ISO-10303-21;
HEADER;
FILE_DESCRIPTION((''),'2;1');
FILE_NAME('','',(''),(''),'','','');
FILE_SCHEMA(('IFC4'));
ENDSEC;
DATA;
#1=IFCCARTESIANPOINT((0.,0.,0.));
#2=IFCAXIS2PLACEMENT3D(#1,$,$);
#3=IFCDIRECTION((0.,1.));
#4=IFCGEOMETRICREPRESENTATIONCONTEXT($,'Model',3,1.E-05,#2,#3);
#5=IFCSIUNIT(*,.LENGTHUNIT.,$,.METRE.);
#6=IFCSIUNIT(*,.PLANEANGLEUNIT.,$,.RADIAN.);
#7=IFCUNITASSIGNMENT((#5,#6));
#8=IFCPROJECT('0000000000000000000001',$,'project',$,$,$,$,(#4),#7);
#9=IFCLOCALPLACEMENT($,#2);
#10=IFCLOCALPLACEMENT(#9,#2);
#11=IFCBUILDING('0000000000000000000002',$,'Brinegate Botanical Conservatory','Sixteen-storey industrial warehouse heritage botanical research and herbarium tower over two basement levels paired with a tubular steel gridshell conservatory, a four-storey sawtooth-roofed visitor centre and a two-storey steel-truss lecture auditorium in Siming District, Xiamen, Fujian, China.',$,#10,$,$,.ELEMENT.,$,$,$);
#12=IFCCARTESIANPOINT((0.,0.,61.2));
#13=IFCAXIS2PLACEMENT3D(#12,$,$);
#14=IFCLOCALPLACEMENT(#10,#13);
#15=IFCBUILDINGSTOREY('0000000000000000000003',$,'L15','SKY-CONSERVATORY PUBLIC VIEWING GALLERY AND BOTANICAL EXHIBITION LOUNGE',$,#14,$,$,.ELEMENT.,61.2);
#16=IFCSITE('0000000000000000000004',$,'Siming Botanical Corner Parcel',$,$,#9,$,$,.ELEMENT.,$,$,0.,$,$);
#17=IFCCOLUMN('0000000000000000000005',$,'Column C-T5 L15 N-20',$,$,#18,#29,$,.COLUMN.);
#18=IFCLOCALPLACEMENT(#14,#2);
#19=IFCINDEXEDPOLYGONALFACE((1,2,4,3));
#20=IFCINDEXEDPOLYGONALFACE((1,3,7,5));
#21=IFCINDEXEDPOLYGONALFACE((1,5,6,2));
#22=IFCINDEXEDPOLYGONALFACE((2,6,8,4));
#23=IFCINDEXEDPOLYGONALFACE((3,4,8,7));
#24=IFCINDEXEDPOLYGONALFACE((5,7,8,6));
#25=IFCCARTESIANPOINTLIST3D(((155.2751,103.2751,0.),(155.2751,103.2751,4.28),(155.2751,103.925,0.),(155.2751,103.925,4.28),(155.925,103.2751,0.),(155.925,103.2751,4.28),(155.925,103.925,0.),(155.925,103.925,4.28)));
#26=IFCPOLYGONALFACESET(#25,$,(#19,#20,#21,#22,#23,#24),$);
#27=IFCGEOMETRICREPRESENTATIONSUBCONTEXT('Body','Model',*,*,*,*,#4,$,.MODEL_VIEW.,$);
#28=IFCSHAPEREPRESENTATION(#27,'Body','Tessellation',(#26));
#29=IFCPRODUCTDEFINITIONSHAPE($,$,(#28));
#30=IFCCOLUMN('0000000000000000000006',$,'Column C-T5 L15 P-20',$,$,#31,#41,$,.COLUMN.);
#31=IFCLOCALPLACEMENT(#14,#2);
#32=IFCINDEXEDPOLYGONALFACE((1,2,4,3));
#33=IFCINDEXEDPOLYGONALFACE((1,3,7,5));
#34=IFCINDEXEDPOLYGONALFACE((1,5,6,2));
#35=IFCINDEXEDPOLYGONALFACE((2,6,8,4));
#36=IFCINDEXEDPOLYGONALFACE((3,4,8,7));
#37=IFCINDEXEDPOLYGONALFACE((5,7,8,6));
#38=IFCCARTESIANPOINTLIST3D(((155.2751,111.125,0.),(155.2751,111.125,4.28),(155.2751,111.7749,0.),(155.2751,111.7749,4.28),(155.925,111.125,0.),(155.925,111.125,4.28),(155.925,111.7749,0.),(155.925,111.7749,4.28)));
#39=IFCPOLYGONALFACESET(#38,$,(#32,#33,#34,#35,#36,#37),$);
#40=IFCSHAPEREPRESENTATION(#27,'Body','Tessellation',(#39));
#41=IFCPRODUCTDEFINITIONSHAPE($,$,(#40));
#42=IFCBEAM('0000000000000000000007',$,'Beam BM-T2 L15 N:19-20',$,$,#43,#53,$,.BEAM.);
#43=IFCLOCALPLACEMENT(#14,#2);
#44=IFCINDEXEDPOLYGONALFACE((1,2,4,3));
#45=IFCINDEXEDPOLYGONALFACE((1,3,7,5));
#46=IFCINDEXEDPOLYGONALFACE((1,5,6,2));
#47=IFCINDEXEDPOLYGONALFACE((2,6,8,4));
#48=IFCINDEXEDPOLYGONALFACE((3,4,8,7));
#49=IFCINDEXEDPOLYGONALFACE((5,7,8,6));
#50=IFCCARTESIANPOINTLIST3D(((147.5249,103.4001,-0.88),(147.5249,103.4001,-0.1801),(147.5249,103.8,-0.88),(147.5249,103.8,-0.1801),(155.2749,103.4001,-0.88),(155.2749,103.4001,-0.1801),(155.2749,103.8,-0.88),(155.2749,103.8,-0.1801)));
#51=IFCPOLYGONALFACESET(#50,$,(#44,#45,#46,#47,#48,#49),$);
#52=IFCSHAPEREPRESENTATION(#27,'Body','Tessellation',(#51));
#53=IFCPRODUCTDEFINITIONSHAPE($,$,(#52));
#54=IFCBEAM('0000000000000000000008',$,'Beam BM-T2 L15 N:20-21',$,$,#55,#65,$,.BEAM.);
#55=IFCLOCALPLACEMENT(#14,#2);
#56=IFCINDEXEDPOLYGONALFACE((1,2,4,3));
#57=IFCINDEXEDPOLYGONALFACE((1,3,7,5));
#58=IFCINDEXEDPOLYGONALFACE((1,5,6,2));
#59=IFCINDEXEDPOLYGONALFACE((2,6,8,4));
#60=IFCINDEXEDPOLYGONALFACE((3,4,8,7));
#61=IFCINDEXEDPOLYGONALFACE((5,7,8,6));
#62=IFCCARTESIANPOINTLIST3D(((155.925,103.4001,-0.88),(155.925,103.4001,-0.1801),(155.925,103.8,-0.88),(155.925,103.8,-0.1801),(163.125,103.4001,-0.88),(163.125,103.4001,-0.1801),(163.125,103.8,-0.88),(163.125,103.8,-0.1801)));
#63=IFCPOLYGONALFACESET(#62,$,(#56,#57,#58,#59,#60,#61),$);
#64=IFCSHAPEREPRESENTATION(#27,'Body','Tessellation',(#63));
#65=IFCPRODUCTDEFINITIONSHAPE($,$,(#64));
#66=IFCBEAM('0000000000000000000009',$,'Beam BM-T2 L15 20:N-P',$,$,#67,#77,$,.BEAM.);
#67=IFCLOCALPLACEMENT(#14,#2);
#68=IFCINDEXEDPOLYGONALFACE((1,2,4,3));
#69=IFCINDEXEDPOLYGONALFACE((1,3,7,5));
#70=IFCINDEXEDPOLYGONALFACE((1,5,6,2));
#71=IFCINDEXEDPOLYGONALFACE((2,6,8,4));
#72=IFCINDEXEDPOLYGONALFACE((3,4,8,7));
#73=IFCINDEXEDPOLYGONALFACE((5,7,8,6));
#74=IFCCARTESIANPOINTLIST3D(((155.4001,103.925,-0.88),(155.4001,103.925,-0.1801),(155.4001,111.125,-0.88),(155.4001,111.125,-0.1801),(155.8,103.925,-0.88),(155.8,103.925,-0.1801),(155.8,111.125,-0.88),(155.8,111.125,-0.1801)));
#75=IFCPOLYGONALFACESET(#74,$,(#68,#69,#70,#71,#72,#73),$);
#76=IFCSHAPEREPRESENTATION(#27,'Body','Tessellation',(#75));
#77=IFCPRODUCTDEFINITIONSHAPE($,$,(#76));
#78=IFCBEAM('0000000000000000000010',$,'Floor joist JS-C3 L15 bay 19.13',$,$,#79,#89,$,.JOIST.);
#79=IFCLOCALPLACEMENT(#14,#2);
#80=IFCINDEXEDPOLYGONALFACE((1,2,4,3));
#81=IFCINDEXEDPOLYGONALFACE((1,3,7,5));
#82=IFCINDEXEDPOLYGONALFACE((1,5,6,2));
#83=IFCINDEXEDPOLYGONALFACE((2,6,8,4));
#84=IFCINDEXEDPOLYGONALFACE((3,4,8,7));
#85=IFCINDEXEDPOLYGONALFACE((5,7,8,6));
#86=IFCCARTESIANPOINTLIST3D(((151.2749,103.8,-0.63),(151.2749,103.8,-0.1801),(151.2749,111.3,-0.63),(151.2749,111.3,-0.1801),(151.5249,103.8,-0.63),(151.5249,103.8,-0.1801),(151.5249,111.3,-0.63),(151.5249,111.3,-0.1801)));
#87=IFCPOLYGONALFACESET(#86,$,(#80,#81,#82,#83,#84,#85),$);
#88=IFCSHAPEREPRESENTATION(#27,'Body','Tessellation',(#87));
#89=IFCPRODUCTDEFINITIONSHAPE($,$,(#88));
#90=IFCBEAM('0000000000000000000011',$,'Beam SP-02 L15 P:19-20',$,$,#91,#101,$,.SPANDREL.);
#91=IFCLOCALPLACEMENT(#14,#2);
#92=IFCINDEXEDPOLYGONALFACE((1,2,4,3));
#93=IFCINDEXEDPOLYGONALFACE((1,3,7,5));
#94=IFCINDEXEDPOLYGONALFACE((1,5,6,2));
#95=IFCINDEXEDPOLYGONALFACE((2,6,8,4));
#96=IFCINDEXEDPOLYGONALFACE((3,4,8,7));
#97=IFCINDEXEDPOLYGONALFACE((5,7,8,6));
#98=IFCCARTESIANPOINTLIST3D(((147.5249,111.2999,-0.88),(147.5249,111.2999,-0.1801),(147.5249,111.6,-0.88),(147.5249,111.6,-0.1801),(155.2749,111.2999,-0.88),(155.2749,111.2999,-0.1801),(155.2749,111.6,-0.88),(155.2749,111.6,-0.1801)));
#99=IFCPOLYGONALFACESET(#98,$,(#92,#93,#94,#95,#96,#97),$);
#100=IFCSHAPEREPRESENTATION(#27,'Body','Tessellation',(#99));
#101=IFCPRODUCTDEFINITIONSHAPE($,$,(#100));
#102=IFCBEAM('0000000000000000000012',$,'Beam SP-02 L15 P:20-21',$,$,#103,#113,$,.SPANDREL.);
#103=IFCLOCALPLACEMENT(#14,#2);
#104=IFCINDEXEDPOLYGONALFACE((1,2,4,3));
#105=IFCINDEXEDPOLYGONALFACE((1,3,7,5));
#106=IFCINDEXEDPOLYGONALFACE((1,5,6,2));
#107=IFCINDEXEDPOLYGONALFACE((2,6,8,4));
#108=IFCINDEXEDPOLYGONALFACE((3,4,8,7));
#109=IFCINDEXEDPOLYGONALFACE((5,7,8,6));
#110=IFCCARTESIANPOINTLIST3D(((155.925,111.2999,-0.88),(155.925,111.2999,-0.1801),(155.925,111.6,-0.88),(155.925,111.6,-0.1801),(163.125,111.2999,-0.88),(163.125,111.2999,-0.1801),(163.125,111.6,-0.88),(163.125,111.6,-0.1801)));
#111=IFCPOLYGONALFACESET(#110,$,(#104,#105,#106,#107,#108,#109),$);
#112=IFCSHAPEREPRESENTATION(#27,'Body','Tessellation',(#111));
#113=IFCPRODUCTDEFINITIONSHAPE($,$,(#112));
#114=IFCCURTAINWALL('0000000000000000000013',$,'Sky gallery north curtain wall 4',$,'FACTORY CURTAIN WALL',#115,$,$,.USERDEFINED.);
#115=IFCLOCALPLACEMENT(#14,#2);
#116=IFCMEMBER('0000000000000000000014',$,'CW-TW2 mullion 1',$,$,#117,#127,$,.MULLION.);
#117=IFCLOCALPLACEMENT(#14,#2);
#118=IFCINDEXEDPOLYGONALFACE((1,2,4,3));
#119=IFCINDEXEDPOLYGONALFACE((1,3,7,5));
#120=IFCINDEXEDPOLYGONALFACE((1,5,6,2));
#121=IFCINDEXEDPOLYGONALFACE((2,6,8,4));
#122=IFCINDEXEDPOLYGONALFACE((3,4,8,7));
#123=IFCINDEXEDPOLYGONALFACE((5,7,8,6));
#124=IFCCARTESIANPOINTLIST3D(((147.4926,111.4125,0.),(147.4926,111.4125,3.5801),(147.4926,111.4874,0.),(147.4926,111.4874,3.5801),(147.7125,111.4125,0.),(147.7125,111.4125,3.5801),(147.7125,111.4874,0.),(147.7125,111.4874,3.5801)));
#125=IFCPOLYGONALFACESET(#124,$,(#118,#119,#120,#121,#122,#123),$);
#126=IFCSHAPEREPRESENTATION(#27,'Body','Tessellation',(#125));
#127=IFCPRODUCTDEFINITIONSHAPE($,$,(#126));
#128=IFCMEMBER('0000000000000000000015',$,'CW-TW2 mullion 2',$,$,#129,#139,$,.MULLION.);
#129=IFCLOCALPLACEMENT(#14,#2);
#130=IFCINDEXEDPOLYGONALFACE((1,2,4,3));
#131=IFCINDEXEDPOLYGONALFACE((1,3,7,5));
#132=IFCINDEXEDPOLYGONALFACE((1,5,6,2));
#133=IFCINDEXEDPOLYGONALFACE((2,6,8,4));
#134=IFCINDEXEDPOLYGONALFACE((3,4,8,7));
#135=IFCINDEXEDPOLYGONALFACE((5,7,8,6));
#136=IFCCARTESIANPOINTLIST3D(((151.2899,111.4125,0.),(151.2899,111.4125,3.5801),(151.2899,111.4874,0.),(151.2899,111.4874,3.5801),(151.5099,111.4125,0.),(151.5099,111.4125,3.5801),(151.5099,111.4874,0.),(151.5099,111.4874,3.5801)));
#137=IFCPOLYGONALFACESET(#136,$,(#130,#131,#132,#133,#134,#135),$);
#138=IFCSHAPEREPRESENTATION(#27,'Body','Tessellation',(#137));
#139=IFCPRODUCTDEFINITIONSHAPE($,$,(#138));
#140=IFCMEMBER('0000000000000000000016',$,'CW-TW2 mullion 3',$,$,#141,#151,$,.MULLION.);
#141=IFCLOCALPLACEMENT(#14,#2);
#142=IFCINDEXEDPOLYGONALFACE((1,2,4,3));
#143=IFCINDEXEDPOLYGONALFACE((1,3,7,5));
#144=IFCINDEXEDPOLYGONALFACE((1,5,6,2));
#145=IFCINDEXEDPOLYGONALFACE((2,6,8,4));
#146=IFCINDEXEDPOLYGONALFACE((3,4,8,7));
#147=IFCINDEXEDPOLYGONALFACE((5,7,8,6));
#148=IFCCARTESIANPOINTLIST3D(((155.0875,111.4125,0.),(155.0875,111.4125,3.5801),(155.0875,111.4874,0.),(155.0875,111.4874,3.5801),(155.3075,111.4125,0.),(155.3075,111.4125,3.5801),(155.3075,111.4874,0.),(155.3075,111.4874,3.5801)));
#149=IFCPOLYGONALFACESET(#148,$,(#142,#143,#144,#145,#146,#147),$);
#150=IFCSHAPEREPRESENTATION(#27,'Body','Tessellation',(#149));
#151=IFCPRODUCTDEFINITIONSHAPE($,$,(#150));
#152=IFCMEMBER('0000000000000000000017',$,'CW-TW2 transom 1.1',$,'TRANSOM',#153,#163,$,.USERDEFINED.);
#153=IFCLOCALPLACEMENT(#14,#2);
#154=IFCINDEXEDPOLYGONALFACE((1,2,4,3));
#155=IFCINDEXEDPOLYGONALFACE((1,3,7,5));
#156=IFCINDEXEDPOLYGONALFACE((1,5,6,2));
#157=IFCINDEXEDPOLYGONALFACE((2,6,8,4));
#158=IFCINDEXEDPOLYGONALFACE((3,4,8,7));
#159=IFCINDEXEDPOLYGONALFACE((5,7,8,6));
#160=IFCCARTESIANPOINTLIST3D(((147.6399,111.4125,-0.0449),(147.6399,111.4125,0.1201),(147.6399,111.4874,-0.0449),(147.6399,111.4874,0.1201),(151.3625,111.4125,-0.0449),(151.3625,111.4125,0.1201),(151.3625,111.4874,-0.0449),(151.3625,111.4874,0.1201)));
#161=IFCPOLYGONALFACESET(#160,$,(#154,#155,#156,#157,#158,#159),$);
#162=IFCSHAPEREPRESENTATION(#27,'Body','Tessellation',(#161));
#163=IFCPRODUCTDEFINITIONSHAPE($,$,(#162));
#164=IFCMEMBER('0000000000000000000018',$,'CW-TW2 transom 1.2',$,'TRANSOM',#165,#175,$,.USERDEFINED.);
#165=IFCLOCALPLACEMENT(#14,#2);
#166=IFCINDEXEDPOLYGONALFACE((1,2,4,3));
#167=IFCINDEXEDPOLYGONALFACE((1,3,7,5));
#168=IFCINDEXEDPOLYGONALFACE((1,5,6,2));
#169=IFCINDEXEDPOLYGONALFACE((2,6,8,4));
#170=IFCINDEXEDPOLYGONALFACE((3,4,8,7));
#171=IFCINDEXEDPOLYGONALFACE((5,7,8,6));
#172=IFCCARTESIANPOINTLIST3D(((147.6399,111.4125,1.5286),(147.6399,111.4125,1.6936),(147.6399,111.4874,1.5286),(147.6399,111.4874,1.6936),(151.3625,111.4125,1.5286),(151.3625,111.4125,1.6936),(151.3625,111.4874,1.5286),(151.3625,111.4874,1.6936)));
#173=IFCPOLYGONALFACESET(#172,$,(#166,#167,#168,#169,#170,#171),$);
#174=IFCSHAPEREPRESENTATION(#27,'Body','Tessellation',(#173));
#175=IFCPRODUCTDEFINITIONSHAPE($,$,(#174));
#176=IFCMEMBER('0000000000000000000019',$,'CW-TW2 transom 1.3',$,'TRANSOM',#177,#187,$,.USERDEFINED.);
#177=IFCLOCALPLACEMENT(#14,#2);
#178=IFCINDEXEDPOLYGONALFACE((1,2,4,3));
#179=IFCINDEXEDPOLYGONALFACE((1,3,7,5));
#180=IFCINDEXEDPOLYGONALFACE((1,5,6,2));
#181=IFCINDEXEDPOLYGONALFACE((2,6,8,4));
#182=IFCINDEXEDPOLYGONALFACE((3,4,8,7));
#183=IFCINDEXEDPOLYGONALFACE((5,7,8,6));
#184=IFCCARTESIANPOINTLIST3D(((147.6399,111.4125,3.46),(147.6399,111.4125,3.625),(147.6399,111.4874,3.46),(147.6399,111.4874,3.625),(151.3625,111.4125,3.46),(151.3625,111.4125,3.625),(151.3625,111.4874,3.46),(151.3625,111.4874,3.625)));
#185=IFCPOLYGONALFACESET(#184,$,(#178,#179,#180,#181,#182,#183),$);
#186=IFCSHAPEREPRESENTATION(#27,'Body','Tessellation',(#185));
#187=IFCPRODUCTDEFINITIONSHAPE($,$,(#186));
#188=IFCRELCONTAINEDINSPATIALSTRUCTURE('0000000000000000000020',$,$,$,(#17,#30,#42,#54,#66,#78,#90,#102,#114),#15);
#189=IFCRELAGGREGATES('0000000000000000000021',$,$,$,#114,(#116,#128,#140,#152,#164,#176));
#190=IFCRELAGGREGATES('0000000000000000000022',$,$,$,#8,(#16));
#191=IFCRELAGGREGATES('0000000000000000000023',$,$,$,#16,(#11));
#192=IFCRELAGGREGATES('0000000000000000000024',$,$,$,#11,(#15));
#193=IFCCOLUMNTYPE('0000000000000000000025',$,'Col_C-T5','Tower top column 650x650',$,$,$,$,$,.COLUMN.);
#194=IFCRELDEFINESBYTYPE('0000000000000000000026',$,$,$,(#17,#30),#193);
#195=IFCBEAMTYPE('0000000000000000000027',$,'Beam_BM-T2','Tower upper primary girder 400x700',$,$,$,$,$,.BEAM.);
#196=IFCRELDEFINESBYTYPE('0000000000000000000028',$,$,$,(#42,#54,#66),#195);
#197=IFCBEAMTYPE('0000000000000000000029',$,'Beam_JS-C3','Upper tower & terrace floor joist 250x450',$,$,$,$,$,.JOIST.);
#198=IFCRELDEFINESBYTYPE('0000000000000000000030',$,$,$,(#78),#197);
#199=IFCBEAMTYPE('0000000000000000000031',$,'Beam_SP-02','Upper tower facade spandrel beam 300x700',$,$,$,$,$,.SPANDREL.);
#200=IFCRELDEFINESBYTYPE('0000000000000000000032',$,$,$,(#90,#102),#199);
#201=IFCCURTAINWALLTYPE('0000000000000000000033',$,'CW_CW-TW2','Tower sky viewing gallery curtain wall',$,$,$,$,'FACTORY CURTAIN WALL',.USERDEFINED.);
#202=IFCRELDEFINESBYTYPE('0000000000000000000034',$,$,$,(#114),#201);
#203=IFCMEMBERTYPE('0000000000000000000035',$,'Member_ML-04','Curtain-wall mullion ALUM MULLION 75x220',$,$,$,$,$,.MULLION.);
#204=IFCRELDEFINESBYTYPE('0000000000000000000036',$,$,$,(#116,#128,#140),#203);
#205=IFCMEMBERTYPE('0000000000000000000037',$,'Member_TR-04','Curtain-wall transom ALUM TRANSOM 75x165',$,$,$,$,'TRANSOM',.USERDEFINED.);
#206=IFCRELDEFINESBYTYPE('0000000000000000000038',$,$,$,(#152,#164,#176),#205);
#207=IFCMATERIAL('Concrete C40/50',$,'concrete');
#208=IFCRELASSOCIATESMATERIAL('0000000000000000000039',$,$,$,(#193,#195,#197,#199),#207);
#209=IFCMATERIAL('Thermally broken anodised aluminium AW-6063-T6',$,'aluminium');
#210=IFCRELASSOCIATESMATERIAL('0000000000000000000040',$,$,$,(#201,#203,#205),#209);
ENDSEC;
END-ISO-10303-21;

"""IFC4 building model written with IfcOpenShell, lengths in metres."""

from ifc_helpers import new_model, si_unit, direction, frame, origin, origin_2d, place, context, subcontext, project, spatial, rectangle, extrude, material, material_profile, profile_set, type_object, element, aggregate, save


model = new_model("IFC4")

# Units and contexts
model_context = context("Model", 3, precision=1e-05, world=origin(), true_north=direction((0.0, 1.0)))
body_context = subcontext(model_context, "Body", "Model", "MODEL_VIEW")
ifc_project = project(units=[si_unit("LENGTHUNIT", "METRE"), si_unit("PLANEANGLEUNIT", "RADIAN")], contexts=[model_context])

# Site, building, storey
site_placement = place(None, origin())
site = spatial("IfcSite", under=ifc_project, at=site_placement, Name="Siming Botanical Corner Parcel", CompositionType="ELEMENT", RefElevation=0.0)
building_placement = place(site_placement, origin())
building = spatial("IfcBuilding", under=site, at=building_placement, Name="Brinegate Botanical Conservatory", Description="Sixteen-storey industrial warehouse heritage botanical research and herbarium tower over two basement levels paired with a tubular steel gridshell conservatory, a four-storey sawtooth-roofed visitor centre and a two-storey steel-truss lecture auditorium in Siming District, Xiamen, Fujian, China.", CompositionType="ELEMENT")
storey_placement = place(building_placement, frame((0.0, 0.0, 61.2)))
storey = spatial("IfcBuildingStorey", under=building, at=storey_placement, Name="L15", Description="SKY-CONSERVATORY PUBLIC VIEWING GALLERY AND BOTANICAL EXHIBITION LOUNGE", CompositionType="ELEMENT", Elevation=61.2)

# Columns
ifc_material_1 = material(Name="Concrete C40/50", Category="concrete")
ifc_material_profile_1 = material_profile(ifc_material_1, rectangle(XDim=0.6499, YDim=0.6499, at=origin_2d()), Name="RC COL 650x650")
ifc_profile_set_1 = profile_set([ifc_material_profile_1], Name="Concrete C40/50")
column_type = type_object("IfcColumnType", Name="Col_C-T5", Description="Tower top column 650x650", PredefinedType="COLUMN", material=ifc_profile_set_1)
for number, where, z_axis, x_axis, name in (
    (1, (155.6001, 103.6001, 0.0), (0.0, 0.0, 1.0), (1.0, 0.0, 0.0), "Column C-T5 L15 N-20"),
    (2, (155.6001, 111.45, 0.0), (0.0, 0.0, 1.0), (1.0, 0.0, 0.0), "Column C-T5 L15 P-20"),
):
    element("IfcColumn", number, at=place(storey_placement, frame(where, z_axis=z_axis, x_axis=x_axis)), inside=storey, type_object=column_type, Name=name, PredefinedType="COLUMN", context=body_context, shape_type="SweptSolid", body=[
        extrude(rectangle(XDim=0.6499, YDim=0.6499, at=origin_2d()), origin(), (0.0, 0.0, 1.0), 4.28),
    ])

# Beams
ifc_material_profile_2 = material_profile(ifc_material_1, rectangle(XDim=0.3999, YDim=0.7, at=origin_2d()), Name="RC BM 400x700")
ifc_profile_set_2 = profile_set([ifc_material_profile_2], Name="Concrete C40/50")
beam_type_1 = type_object("IfcBeamType", Name="Beam_BM-T2", Description="Tower upper primary girder 400x700", PredefinedType="BEAM", material=ifc_profile_set_2)
beam_1_placement = place(storey_placement, frame((147.5249, 103.6001, -0.53), z_axis=(1.0, 0.0, 0.0), x_axis=(0.0, 1.0, 0.0)))
element("IfcBeam", 3, at=beam_1_placement, inside=storey, type_object=beam_type_1, Name="Beam BM-T2 L15 N:19-20", PredefinedType="BEAM", context=body_context, shape_type="SweptSolid", body=[
    extrude(rectangle(XDim=0.3999, YDim=0.7, at=origin_2d()), origin(), (0.0, 0.0, 1.0), 7.75),
])
for number, where, z_axis, x_axis, name in (
    (4, (155.925, 103.6001, -0.53), (1.0, 0.0, 0.0), (0.0, 1.0, 0.0), "Beam BM-T2 L15 N:20-21"),
    (5, (155.6001, 103.925, -0.53), (0.0, 1.0, 0.0), (-1.0, 0.0, 0.0), "Beam BM-T2 L15 20:N-P"),
):
    element("IfcBeam", number, at=place(storey_placement, frame(where, z_axis=z_axis, x_axis=x_axis)), inside=storey, type_object=beam_type_1, Name=name, PredefinedType="BEAM", context=body_context, shape_type="SweptSolid", body=[
        extrude(rectangle(XDim=0.3999, YDim=0.7, at=origin_2d()), origin(), (0.0, 0.0, 1.0), 7.2),
    ])
ifc_material_profile_3 = material_profile(ifc_material_1, rectangle(XDim=0.25, YDim=0.45, at=origin_2d()), Name="RC JST 250x450")
ifc_profile_set_3 = profile_set([ifc_material_profile_3], Name="Concrete C40/50")
beam_type_2 = type_object("IfcBeamType", Name="Beam_JS-C3", Description="Upper tower & terrace floor joist 250x450", PredefinedType="JOIST", material=ifc_profile_set_3)
beam_2_placement = place(storey_placement, frame((151.3999, 103.8, -0.405), z_axis=(0.0, 1.0, 0.0), x_axis=(-1.0, 0.0, 0.0)))
element("IfcBeam", 6, at=beam_2_placement, inside=storey, type_object=beam_type_2, Name="Floor joist JS-C3 L15 bay 19.13", PredefinedType="JOIST", context=body_context, shape_type="SweptSolid", body=[
    extrude(rectangle(XDim=0.25, YDim=0.45, at=origin_2d()), origin(), (0.0, 0.0, 1.0), 7.5),
])
ifc_material_profile_4 = material_profile(ifc_material_1, rectangle(XDim=0.3, YDim=0.7, at=origin_2d()), Name="RC SPN 300x700")
ifc_profile_set_4 = profile_set([ifc_material_profile_4], Name="Concrete C40/50")
beam_type_3 = type_object("IfcBeamType", Name="Beam_SP-02", Description="Upper tower facade spandrel beam 300x700", PredefinedType="SPANDREL", material=ifc_profile_set_4)
beam_3_placement = place(storey_placement, frame((147.5249, 111.45, -0.53), z_axis=(1.0, 0.0, 0.0), x_axis=(0.0, 1.0, 0.0)))
element("IfcBeam", 7, at=beam_3_placement, inside=storey, type_object=beam_type_3, Name="Beam SP-02 L15 P:19-20", PredefinedType="SPANDREL", context=body_context, shape_type="SweptSolid", body=[
    extrude(rectangle(XDim=0.3, YDim=0.7, at=origin_2d()), origin(), (0.0, 0.0, 1.0), 7.75),
])
beam_4_placement = place(storey_placement, frame((155.925, 111.45, -0.53), z_axis=(1.0, 0.0, 0.0), x_axis=(0.0, 1.0, 0.0)))
element("IfcBeam", 8, at=beam_4_placement, inside=storey, type_object=beam_type_3, Name="Beam SP-02 L15 P:20-21", PredefinedType="SPANDREL", context=body_context, shape_type="SweptSolid", body=[
    extrude(rectangle(XDim=0.3, YDim=0.7, at=origin_2d()), origin(), (0.0, 0.0, 1.0), 7.2),
])

# Curtain wall, members
ifc_material_2 = material(Name="Thermally broken anodised aluminium AW-6063-T6", Category="aluminium")
curtain_wall_type = type_object("IfcCurtainWallType", Name="CW_CW-TW2", Description="Tower sky viewing gallery curtain wall", ElementType="FACTORY CURTAIN WALL", PredefinedType="USERDEFINED", material=ifc_material_2)
curtain_wall_placement = place(storey_placement, origin())
curtain_wall = element("IfcCurtainWall", 9, at=curtain_wall_placement, inside=storey, type_object=curtain_wall_type, Name="Sky gallery north curtain wall 4", ObjectType="FACTORY CURTAIN WALL", PredefinedType="USERDEFINED")
ifc_material_profile_5 = material_profile(ifc_material_2, rectangle(XDim=0.075, YDim=0.22, at=origin_2d()), Name="ALUM MULLION 75x220")
ifc_profile_set_5 = profile_set([ifc_material_profile_5], Name="Thermally broken anodised aluminium AW-6063-T6")
member_type_1 = type_object("IfcMemberType", Name="Member_ML-04", Description="Curtain-wall mullion ALUM MULLION 75x220", PredefinedType="MULLION", material=ifc_profile_set_5)
member_1_placement = place(storey_placement, frame((147.6025, 111.45, 0.0), z_axis=(0.0, 0.0, 1.0), x_axis=(0.0, 1.0, 0.0)))
member_1 = element("IfcMember", 10, at=member_1_placement, type_object=member_type_1, Name="CW-TW2 mullion 1", PredefinedType="MULLION", context=body_context, shape_type="SweptSolid", body=[
    extrude(rectangle(XDim=0.075, YDim=0.22, at=origin_2d()), origin(), (0.0, 0.0, 1.0), 3.5801),
])
member_2_placement = place(storey_placement, frame((151.3999, 111.45, 0.0), z_axis=(0.0, 0.0, 1.0), x_axis=(0.0, 1.0, 0.0)))
member_2 = element("IfcMember", 11, at=member_2_placement, type_object=member_type_1, Name="CW-TW2 mullion 2", PredefinedType="MULLION", context=body_context, shape_type="SweptSolid", body=[
    extrude(rectangle(XDim=0.075, YDim=0.22, at=origin_2d()), origin(), (0.0, 0.0, 1.0), 3.5801),
])
member_3_placement = place(storey_placement, frame((155.1975, 111.45, 0.0), z_axis=(0.0, 0.0, 1.0), x_axis=(0.0, 1.0, 0.0)))
member_3 = element("IfcMember", 12, at=member_3_placement, type_object=member_type_1, Name="CW-TW2 mullion 3", PredefinedType="MULLION", context=body_context, shape_type="SweptSolid", body=[
    extrude(rectangle(XDim=0.075, YDim=0.22, at=origin_2d()), origin(), (0.0, 0.0, 1.0), 3.5801),
])
ifc_material_profile_6 = material_profile(ifc_material_2, rectangle(XDim=0.075, YDim=0.165, at=origin_2d()), Name="ALUM TRANSOM 75x165")
ifc_profile_set_6 = profile_set([ifc_material_profile_6], Name="Thermally broken anodised aluminium AW-6063-T6")
member_type_2 = type_object("IfcMemberType", Name="Member_TR-04", Description="Curtain-wall transom ALUM TRANSOM 75x165", ElementType="TRANSOM", PredefinedType="USERDEFINED", material=ifc_profile_set_6)
member_4_placement = place(storey_placement, frame((147.6399, 111.45, 0.0376), z_axis=(1.0, 0.0, 0.0), x_axis=(0.0, 1.0, 0.0)))
member_4 = element("IfcMember", 13, at=member_4_placement, type_object=member_type_2, Name="CW-TW2 transom 1.1", ObjectType="TRANSOM", PredefinedType="USERDEFINED", context=body_context, shape_type="SweptSolid", body=[
    extrude(rectangle(XDim=0.075, YDim=0.165, at=origin_2d()), origin(), (0.0, 0.0, 1.0), 3.7227),
])
member_5_placement = place(storey_placement, frame((147.6399, 111.45, 1.6111), z_axis=(1.0, 0.0, 0.0), x_axis=(0.0, 1.0, 0.0)))
member_5 = element("IfcMember", 14, at=member_5_placement, type_object=member_type_2, Name="CW-TW2 transom 1.2", ObjectType="TRANSOM", PredefinedType="USERDEFINED", context=body_context, shape_type="SweptSolid", body=[
    extrude(rectangle(XDim=0.075, YDim=0.165, at=origin_2d()), origin(), (0.0, 0.0, 1.0), 3.7227),
])
member_6_placement = place(storey_placement, frame((147.6399, 111.45, 3.5425), z_axis=(1.0, 0.0, 0.0), x_axis=(0.0, 1.0, 0.0)))
member_6 = element("IfcMember", 15, at=member_6_placement, type_object=member_type_2, Name="CW-TW2 transom 1.3", ObjectType="TRANSOM", PredefinedType="USERDEFINED", context=body_context, shape_type="SweptSolid", body=[
    extrude(rectangle(XDim=0.075, YDim=0.165, at=origin_2d()), origin(), (0.0, 0.0, 1.0), 3.7227),
])
aggregate(curtain_wall, [member_1, member_2, member_3, member_4, member_5, member_6])

save(model, "model.ifc")
